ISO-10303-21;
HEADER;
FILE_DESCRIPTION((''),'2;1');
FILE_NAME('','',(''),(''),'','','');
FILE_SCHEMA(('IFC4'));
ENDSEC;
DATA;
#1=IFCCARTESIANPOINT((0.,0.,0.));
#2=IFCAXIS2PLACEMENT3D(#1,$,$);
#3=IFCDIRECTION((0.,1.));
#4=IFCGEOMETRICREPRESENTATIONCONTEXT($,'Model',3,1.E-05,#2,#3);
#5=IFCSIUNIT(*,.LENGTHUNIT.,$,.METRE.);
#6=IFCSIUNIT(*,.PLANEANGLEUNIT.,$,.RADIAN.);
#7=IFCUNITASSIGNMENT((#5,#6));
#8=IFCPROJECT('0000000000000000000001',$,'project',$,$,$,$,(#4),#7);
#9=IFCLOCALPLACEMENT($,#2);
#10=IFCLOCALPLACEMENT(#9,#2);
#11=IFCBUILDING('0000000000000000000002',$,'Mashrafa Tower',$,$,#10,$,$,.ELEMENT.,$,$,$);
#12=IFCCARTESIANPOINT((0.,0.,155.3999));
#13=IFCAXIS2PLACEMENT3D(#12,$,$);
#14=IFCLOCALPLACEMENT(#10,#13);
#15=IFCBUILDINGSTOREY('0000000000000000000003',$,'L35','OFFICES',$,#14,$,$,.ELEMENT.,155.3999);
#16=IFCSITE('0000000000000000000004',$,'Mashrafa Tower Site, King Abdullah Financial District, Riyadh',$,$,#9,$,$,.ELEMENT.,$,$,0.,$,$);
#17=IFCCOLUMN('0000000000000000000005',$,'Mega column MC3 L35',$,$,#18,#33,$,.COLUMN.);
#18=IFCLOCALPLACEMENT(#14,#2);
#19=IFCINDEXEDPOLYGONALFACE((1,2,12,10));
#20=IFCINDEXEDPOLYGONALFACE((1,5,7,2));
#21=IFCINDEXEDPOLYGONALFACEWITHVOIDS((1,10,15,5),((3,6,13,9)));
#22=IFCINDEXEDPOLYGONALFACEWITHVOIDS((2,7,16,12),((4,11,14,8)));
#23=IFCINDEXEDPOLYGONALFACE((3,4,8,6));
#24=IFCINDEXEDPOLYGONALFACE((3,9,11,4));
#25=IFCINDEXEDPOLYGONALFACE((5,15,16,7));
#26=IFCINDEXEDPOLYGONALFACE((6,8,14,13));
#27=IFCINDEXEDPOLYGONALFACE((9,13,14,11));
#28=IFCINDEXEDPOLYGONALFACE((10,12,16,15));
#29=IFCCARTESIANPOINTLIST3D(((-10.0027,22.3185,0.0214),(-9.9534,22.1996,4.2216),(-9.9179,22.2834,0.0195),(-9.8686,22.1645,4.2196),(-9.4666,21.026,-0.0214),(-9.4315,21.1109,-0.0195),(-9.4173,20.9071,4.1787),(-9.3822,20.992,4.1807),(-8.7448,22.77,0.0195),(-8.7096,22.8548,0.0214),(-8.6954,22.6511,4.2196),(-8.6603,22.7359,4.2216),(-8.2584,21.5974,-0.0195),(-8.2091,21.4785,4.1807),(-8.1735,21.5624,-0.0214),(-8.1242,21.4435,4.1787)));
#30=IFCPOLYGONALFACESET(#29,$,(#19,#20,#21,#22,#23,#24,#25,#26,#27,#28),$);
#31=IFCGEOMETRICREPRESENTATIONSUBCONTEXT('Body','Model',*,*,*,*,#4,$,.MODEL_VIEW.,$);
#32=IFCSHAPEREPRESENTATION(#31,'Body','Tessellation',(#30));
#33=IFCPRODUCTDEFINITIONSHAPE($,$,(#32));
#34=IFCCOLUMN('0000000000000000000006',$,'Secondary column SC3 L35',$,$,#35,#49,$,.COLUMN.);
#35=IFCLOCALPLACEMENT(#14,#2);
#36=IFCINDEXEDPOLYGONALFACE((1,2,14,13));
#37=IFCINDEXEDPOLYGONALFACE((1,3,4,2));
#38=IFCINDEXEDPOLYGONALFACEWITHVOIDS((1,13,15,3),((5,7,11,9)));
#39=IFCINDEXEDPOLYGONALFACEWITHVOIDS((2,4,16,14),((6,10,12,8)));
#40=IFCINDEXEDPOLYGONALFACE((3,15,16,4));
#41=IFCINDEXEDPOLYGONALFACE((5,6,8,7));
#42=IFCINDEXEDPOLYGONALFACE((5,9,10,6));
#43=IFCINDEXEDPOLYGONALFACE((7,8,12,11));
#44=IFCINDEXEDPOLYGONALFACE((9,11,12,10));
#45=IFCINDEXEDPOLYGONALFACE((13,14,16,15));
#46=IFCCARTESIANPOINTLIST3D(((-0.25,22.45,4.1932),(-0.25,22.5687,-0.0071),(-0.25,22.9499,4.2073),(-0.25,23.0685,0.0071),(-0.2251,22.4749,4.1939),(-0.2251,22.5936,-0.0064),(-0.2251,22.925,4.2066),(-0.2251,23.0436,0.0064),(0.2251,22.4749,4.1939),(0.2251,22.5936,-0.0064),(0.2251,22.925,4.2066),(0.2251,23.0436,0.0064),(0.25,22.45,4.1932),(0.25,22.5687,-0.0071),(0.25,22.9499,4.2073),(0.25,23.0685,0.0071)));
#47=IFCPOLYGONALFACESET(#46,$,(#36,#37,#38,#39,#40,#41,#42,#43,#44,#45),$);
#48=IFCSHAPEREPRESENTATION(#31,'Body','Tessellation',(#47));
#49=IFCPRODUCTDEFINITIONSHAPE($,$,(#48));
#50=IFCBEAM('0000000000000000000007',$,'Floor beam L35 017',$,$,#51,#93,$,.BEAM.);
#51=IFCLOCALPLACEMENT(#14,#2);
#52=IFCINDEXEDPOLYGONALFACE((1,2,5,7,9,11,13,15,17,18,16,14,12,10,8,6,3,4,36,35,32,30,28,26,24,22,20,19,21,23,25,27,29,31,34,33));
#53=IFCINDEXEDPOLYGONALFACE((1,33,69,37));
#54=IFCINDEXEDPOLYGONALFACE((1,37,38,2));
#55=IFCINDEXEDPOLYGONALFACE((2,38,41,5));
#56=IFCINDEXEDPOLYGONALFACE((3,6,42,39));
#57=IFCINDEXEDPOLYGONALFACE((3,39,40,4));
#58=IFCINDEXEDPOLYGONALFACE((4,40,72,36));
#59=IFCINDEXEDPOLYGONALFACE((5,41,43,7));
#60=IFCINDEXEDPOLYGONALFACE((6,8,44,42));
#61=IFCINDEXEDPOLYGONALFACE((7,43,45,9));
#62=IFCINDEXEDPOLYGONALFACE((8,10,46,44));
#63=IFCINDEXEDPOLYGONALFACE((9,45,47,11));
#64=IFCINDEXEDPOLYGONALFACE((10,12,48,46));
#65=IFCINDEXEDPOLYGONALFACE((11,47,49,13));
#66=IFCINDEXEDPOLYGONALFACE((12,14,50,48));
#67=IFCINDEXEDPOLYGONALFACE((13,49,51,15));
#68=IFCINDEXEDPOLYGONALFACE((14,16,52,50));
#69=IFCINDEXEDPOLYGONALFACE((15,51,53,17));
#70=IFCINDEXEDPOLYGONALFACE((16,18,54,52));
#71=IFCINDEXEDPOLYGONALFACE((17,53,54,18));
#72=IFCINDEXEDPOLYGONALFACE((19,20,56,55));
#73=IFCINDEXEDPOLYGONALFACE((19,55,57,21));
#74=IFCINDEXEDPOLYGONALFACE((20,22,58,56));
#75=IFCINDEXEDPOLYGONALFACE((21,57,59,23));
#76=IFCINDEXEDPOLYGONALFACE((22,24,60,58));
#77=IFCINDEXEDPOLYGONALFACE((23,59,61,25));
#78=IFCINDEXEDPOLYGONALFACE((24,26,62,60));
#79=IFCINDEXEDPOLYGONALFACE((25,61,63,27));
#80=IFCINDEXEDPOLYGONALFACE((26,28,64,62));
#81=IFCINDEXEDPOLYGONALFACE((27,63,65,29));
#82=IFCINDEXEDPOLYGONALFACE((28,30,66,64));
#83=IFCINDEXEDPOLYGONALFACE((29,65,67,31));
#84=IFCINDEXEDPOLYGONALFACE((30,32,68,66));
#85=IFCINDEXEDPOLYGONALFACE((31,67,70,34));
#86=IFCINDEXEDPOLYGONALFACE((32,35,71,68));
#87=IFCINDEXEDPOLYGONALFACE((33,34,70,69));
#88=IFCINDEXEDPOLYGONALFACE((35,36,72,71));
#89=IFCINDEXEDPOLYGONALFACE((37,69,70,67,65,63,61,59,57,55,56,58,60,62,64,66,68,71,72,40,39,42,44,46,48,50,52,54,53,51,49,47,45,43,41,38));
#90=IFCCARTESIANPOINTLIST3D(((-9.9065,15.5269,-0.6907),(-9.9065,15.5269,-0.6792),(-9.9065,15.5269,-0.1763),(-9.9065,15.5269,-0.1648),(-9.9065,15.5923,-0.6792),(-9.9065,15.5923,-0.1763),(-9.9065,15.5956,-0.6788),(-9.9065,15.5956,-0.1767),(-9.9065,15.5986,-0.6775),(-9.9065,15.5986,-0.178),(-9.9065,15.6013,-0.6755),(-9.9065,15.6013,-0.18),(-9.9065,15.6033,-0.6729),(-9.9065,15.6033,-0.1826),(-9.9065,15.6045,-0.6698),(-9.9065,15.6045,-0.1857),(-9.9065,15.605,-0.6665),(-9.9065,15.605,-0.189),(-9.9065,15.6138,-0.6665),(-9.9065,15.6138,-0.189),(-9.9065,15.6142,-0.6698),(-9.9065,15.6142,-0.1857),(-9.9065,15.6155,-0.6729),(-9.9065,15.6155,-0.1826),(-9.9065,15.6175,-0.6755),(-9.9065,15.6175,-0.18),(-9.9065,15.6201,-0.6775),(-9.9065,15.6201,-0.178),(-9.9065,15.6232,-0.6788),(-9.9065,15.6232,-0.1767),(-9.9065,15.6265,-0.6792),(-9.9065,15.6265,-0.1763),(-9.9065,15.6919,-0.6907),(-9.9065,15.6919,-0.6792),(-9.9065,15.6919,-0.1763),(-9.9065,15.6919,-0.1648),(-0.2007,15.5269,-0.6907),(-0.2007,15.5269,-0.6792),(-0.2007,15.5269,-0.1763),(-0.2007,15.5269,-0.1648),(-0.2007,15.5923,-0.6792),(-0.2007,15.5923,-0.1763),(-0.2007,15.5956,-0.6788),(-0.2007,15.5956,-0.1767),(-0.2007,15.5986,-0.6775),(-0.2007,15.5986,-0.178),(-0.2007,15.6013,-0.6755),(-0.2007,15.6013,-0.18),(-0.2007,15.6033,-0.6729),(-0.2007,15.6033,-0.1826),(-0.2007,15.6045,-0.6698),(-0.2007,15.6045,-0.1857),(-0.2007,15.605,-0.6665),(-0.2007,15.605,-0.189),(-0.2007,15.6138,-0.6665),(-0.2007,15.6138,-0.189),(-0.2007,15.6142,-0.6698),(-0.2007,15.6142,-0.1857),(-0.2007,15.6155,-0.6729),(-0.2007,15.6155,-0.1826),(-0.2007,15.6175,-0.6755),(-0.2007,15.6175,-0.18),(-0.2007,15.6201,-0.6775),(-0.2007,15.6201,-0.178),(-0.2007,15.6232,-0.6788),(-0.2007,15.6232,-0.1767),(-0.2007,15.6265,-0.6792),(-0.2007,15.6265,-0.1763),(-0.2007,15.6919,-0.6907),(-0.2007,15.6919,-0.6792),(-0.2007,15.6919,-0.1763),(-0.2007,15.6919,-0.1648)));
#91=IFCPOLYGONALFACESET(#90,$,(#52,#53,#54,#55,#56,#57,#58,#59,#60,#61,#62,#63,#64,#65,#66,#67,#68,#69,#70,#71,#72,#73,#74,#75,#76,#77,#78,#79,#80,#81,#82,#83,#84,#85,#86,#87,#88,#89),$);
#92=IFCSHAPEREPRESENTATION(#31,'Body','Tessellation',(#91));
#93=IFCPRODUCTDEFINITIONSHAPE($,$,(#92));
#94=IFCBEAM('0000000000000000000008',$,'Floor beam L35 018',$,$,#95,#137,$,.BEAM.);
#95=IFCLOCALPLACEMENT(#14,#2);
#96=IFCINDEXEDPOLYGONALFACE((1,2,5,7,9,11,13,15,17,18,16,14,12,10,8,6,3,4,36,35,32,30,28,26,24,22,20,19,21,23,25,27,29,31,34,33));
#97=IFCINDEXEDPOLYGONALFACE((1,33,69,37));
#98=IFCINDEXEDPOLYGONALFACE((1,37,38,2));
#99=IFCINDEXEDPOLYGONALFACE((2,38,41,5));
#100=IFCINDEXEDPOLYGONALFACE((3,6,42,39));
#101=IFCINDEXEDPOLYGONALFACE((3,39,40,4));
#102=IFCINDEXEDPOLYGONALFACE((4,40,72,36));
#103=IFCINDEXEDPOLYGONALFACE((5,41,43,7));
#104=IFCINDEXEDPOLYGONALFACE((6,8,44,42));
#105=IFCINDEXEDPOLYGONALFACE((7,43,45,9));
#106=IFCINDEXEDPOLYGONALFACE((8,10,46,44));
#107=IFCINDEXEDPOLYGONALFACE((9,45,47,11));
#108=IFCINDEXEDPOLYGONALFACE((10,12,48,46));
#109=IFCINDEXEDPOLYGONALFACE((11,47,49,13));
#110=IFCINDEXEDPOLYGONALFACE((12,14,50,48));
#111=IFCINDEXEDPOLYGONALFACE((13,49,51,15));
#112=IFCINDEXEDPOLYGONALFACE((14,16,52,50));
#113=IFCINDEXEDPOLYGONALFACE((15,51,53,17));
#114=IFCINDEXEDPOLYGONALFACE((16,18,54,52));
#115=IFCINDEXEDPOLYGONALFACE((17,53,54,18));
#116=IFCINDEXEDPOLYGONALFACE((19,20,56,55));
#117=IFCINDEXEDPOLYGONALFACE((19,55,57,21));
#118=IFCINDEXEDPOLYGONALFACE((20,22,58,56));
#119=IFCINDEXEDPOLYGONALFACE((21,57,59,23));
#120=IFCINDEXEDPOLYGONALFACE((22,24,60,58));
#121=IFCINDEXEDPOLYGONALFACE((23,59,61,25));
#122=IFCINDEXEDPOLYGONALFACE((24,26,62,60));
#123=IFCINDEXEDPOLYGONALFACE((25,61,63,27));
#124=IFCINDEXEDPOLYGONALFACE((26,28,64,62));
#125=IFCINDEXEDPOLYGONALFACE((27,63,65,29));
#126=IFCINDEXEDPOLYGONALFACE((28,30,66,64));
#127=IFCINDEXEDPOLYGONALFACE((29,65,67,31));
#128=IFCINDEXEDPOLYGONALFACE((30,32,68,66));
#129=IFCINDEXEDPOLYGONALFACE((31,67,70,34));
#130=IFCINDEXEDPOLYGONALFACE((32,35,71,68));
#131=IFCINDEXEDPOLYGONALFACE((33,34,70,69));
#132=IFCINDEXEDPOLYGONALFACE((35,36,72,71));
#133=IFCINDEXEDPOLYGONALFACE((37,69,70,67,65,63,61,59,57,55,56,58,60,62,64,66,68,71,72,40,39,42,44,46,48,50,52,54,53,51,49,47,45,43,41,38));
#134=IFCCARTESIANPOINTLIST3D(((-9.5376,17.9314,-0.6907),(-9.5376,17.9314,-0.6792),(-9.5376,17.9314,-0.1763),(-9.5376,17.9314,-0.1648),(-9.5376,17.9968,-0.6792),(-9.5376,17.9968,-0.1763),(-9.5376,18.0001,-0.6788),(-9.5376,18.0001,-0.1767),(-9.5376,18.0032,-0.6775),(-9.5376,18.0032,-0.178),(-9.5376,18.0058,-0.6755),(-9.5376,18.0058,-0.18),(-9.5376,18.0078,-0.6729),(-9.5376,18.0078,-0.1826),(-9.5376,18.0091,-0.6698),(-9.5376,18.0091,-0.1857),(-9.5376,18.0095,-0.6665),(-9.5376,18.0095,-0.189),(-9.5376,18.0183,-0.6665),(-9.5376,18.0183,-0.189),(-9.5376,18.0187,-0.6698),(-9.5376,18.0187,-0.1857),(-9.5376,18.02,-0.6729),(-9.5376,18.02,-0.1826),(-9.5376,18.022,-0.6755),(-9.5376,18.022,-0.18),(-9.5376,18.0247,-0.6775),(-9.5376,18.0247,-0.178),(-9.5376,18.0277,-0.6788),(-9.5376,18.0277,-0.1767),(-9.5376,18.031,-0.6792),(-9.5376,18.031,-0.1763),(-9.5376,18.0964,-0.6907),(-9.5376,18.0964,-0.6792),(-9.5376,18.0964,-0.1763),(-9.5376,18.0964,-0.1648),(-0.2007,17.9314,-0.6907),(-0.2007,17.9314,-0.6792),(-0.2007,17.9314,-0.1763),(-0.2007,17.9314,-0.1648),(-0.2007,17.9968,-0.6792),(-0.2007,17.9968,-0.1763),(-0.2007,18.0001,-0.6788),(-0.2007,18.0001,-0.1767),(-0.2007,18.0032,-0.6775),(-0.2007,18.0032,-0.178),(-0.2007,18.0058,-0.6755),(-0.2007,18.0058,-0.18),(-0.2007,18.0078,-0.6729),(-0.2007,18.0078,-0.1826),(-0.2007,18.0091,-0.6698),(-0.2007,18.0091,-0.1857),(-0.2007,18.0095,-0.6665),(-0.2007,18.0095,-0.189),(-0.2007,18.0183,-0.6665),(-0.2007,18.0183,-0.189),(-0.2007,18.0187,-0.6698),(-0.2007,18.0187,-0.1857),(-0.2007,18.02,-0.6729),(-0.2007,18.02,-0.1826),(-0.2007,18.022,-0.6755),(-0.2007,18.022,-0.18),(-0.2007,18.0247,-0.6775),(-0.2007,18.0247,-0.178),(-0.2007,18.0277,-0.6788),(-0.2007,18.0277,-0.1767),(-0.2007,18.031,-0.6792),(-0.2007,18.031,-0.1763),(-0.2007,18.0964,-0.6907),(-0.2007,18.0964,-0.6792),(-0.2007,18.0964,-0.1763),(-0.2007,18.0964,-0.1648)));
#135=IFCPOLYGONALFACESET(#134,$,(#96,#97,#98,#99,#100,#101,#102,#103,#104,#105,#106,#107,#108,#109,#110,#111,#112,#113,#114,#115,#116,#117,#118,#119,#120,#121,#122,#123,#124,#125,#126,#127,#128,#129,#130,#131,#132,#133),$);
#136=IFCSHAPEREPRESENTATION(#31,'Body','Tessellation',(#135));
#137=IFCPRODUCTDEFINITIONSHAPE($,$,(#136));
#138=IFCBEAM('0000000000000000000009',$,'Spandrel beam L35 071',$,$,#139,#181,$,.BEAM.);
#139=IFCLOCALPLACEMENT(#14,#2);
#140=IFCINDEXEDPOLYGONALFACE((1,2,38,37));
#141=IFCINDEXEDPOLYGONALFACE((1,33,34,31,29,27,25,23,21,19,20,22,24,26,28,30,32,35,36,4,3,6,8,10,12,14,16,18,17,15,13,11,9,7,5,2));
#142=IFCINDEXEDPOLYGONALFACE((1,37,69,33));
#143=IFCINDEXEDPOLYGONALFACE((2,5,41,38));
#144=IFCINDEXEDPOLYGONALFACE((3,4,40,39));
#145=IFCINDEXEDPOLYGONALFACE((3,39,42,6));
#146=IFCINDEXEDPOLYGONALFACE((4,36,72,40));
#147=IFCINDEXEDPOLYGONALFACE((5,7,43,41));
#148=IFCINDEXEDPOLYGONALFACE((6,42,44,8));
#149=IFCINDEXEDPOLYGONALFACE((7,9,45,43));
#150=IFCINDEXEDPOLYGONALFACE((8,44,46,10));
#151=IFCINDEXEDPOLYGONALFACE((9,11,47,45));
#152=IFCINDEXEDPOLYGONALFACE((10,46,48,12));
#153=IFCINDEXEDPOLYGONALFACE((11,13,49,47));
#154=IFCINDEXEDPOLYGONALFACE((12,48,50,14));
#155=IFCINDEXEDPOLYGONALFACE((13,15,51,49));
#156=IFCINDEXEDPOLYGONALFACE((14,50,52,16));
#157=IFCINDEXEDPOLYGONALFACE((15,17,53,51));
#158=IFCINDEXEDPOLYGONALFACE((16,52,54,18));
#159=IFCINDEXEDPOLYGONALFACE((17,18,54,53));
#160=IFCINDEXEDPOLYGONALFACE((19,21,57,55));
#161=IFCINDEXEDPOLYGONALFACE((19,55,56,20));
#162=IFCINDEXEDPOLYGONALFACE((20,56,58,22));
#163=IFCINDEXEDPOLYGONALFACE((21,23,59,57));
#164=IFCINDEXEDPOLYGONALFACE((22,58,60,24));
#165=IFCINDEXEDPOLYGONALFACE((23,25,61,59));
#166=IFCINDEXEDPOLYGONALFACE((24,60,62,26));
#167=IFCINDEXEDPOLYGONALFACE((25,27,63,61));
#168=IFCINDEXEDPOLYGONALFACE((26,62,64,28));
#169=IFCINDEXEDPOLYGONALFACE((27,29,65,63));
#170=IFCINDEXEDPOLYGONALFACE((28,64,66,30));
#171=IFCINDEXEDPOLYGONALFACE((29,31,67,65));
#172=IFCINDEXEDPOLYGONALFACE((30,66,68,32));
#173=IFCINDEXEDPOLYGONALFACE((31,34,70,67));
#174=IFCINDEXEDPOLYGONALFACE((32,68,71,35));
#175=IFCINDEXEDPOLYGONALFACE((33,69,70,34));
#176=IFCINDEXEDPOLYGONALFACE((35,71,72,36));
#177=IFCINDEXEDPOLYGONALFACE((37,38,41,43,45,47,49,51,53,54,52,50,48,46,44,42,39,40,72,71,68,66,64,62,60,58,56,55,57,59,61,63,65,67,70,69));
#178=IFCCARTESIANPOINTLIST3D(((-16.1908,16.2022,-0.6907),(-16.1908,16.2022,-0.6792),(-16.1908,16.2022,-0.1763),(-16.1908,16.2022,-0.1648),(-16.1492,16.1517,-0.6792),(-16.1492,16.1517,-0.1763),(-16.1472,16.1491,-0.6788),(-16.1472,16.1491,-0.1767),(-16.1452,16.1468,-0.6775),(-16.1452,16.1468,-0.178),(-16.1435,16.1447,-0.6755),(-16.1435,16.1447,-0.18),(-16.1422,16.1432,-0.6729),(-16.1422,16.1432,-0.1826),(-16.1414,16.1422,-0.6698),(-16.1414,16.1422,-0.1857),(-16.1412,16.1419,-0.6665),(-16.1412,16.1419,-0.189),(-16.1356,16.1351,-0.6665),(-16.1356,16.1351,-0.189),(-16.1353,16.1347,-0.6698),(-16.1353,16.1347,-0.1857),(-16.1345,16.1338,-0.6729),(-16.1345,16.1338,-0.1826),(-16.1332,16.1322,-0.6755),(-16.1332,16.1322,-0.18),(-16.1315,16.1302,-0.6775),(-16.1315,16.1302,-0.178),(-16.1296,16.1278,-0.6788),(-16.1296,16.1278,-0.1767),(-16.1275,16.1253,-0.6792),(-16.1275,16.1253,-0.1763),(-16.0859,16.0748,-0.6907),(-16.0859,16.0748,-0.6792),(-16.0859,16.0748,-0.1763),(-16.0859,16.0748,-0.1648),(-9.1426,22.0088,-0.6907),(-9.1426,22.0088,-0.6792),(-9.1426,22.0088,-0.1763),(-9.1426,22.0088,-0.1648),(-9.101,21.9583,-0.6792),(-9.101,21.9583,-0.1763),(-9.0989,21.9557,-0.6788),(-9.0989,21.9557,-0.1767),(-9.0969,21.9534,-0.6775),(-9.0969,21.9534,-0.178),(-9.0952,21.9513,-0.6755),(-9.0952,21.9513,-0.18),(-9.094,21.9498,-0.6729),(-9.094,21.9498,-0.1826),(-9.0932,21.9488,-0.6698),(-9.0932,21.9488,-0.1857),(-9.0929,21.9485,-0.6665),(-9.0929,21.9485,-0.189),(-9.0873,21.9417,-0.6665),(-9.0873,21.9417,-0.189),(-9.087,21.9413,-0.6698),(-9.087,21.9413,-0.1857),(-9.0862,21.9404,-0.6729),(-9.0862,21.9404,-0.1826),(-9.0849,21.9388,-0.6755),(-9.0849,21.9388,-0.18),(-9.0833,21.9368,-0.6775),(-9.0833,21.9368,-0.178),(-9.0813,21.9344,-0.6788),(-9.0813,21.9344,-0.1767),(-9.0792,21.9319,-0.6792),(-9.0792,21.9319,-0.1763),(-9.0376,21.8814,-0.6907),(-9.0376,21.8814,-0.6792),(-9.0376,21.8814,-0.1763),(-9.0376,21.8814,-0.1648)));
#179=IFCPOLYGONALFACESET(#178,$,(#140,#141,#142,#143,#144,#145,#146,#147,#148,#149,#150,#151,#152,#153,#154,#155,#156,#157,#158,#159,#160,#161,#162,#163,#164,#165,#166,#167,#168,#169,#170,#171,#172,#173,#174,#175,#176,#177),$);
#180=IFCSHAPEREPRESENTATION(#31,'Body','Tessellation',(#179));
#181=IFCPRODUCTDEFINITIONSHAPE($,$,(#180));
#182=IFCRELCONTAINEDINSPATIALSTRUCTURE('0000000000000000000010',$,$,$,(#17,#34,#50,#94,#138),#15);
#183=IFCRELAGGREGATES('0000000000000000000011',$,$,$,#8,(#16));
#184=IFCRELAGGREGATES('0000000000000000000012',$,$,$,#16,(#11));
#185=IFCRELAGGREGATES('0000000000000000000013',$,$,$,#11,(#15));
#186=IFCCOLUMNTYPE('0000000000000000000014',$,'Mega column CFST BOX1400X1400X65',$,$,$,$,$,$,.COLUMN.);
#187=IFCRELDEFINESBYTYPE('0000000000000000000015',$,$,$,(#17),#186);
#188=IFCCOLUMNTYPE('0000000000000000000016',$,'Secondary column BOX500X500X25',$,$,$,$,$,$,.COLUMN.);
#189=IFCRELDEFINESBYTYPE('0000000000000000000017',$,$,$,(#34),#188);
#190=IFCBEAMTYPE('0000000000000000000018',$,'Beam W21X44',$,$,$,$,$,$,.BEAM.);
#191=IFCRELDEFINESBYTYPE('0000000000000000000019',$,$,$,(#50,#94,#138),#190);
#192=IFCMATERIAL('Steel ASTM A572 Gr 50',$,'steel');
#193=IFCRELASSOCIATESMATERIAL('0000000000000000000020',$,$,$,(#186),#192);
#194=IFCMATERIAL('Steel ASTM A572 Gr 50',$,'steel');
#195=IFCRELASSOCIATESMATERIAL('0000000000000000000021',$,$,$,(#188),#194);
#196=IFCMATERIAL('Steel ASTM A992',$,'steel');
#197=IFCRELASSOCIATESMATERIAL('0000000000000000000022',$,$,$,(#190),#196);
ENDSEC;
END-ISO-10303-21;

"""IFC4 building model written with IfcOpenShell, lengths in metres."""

from ifc_helpers import new_model, si_unit, direction, frame, origin, origin_2d, place, context, subcontext, project, spatial, hollow_rectangle, i_section, extrude, material, material_profile, profile_set, type_object, element, save


model = new_model("IFC4")

# Units and contexts
model_context = context("Model", 3, precision=1e-05, world=origin(), true_north=direction((0.0, 1.0)))
body_context = subcontext(model_context, "Body", "Model", "MODEL_VIEW")
ifc_project = project(units=[si_unit("LENGTHUNIT", "METRE"), si_unit("PLANEANGLEUNIT", "RADIAN")], contexts=[model_context])

# Site, building, storey
site_placement = place(None, origin())
site = spatial("IfcSite", under=ifc_project, at=site_placement, Name="Mashrafa Tower Site, King Abdullah Financial District, Riyadh", CompositionType="ELEMENT", RefElevation=0.0)
building_placement = place(site_placement, origin())
building = spatial("IfcBuilding", under=site, at=building_placement, Name="Mashrafa Tower", CompositionType="ELEMENT")
storey_placement = place(building_placement, frame((0.0, 0.0, 155.3999)))
storey = spatial("IfcBuildingStorey", under=building, at=storey_placement, Name="L35", Description="OFFICES", CompositionType="ELEMENT", Elevation=155.3999)

# Columns
ifc_material_1 = material(Name="Steel ASTM A572 Gr 50", Category="steel")
ifc_material_profile_1 = material_profile(ifc_material_1, hollow_rectangle(XDim=1.3999, YDim=1.3999, WallThickness=0.0649, at=origin_2d()), Name="BOX1400X1400X65")
ifc_profile_set_1 = profile_set([ifc_material_profile_1], Name="Steel ASTM A572 Gr 50")
column_type_1 = type_object("IfcColumnType", Name="Mega column CFST BOX1400X1400X65", PredefinedType="COLUMN", material=ifc_profile_set_1)
column_1_placement = place(storey_placement, frame((-9.0881, 21.9404, 0.0), z_axis=(0.011736, -0.028294, 0.999531), x_axis=(0.923693, 0.383133, 0.0)))
element("IfcColumn", 1, at=column_1_placement, inside=storey, type_object=column_type_1, Name="Mega column MC3 L35", PredefinedType="COLUMN", context=body_context, shape_type="SweptSolid", body=[
    extrude(hollow_rectangle(XDim=1.3999, YDim=1.3999, WallThickness=0.0649, at=origin_2d()), origin(), (0.0, 0.0, 1.0), 4.2021),
])
ifc_material_2 = material(Name="Steel ASTM A572 Gr 50", Category="steel")
ifc_material_profile_2 = material_profile(ifc_material_2, hollow_rectangle(XDim=0.5, YDim=0.5, WallThickness=0.0249, at=origin_2d()), Name="BOX500X500X25")
ifc_profile_set_2 = profile_set([ifc_material_profile_2], Name="Steel ASTM A572 Gr 50")
column_type_2 = type_object("IfcColumnType", Name="Secondary column BOX500X500X25", PredefinedType="COLUMN", material=ifc_profile_set_2)
column_2_placement = place(storey_placement, frame((0.0, 22.8186, 0.0), z_axis=(0.0, -0.028238, 0.999601), x_axis=(1.0, 0.0, 0.0)))
element("IfcColumn", 2, at=column_2_placement, inside=storey, type_object=column_type_2, Name="Secondary column SC3 L35", PredefinedType="COLUMN", context=body_context, shape_type="SweptSolid", body=[
    extrude(hollow_rectangle(XDim=0.5, YDim=0.5, WallThickness=0.0249, at=origin_2d()), origin(), (0.0, 0.0, 1.0), 4.2019),
])

# Beams
ifc_material_3 = material(Name="Steel ASTM A992", Category="steel")
ifc_material_profile_3 = material_profile(ifc_material_3, i_section(OverallWidth=0.165, OverallDepth=0.5259, WebThickness=0.0088, FlangeThickness=0.0115, FilletRadius=0.0127, at=origin_2d()), Name="W21X44")
ifc_profile_set_3 = profile_set([ifc_material_profile_3], Name="Steel ASTM A992")
beam_type_1 = type_object("IfcBeamType", Name="Beam W21X44", PredefinedType="BEAM", material=ifc_profile_set_3)
beam_1_placement = place(storey_placement, frame((-9.9065, 15.6094, -0.4277), z_axis=(1.0, 0.0, 0.0), x_axis=(0.0, 1.0, 0.0)))
element("IfcBeam", 3, at=beam_1_placement, inside=storey, type_object=beam_type_1, Name="Floor beam L35 017", PredefinedType="BEAM", context=body_context, shape_type="SweptSolid", body=[
    extrude(i_section(OverallWidth=0.165, OverallDepth=0.5259, WebThickness=0.0088, FlangeThickness=0.0115, FilletRadius=0.0127, at=origin_2d()), origin(), (0.0, 0.0, 1.0), 9.7058),
])
beam_2_placement = place(storey_placement, frame((-9.5376, 18.0139, -0.4277), z_axis=(1.0, 0.0, 0.0), x_axis=(0.0, 1.0, 0.0)))
element("IfcBeam", 4, at=beam_2_placement, inside=storey, type_object=beam_type_1, Name="Floor beam L35 018", PredefinedType="BEAM", context=body_context, shape_type="SweptSolid", body=[
    extrude(i_section(OverallWidth=0.165, OverallDepth=0.5259, WebThickness=0.0088, FlangeThickness=0.0115, FilletRadius=0.0127, at=origin_2d()), origin(), (0.0, 0.0, 1.0), 9.3369),
])
beam_3_placement = place(storey_placement, frame((-9.0901, 21.9451, -0.4277), z_axis=(-0.771816, -0.635846, 0.0), x_axis=(0.635846, -0.771816, 0.0)))
element("IfcBeam", 5, at=beam_3_placement, inside=storey, type_object=beam_type_1, Name="Spandrel beam L35 071", PredefinedType="BEAM", context=body_context, shape_type="SweptSolid", body=[
    extrude(i_section(OverallWidth=0.165, OverallDepth=0.5259, WebThickness=0.0088, FlangeThickness=0.0115, FilletRadius=0.0127, at=origin_2d()), origin(), (0.0, 0.0, 1.0), 9.1321),
])

save(model, "model.ifc")
